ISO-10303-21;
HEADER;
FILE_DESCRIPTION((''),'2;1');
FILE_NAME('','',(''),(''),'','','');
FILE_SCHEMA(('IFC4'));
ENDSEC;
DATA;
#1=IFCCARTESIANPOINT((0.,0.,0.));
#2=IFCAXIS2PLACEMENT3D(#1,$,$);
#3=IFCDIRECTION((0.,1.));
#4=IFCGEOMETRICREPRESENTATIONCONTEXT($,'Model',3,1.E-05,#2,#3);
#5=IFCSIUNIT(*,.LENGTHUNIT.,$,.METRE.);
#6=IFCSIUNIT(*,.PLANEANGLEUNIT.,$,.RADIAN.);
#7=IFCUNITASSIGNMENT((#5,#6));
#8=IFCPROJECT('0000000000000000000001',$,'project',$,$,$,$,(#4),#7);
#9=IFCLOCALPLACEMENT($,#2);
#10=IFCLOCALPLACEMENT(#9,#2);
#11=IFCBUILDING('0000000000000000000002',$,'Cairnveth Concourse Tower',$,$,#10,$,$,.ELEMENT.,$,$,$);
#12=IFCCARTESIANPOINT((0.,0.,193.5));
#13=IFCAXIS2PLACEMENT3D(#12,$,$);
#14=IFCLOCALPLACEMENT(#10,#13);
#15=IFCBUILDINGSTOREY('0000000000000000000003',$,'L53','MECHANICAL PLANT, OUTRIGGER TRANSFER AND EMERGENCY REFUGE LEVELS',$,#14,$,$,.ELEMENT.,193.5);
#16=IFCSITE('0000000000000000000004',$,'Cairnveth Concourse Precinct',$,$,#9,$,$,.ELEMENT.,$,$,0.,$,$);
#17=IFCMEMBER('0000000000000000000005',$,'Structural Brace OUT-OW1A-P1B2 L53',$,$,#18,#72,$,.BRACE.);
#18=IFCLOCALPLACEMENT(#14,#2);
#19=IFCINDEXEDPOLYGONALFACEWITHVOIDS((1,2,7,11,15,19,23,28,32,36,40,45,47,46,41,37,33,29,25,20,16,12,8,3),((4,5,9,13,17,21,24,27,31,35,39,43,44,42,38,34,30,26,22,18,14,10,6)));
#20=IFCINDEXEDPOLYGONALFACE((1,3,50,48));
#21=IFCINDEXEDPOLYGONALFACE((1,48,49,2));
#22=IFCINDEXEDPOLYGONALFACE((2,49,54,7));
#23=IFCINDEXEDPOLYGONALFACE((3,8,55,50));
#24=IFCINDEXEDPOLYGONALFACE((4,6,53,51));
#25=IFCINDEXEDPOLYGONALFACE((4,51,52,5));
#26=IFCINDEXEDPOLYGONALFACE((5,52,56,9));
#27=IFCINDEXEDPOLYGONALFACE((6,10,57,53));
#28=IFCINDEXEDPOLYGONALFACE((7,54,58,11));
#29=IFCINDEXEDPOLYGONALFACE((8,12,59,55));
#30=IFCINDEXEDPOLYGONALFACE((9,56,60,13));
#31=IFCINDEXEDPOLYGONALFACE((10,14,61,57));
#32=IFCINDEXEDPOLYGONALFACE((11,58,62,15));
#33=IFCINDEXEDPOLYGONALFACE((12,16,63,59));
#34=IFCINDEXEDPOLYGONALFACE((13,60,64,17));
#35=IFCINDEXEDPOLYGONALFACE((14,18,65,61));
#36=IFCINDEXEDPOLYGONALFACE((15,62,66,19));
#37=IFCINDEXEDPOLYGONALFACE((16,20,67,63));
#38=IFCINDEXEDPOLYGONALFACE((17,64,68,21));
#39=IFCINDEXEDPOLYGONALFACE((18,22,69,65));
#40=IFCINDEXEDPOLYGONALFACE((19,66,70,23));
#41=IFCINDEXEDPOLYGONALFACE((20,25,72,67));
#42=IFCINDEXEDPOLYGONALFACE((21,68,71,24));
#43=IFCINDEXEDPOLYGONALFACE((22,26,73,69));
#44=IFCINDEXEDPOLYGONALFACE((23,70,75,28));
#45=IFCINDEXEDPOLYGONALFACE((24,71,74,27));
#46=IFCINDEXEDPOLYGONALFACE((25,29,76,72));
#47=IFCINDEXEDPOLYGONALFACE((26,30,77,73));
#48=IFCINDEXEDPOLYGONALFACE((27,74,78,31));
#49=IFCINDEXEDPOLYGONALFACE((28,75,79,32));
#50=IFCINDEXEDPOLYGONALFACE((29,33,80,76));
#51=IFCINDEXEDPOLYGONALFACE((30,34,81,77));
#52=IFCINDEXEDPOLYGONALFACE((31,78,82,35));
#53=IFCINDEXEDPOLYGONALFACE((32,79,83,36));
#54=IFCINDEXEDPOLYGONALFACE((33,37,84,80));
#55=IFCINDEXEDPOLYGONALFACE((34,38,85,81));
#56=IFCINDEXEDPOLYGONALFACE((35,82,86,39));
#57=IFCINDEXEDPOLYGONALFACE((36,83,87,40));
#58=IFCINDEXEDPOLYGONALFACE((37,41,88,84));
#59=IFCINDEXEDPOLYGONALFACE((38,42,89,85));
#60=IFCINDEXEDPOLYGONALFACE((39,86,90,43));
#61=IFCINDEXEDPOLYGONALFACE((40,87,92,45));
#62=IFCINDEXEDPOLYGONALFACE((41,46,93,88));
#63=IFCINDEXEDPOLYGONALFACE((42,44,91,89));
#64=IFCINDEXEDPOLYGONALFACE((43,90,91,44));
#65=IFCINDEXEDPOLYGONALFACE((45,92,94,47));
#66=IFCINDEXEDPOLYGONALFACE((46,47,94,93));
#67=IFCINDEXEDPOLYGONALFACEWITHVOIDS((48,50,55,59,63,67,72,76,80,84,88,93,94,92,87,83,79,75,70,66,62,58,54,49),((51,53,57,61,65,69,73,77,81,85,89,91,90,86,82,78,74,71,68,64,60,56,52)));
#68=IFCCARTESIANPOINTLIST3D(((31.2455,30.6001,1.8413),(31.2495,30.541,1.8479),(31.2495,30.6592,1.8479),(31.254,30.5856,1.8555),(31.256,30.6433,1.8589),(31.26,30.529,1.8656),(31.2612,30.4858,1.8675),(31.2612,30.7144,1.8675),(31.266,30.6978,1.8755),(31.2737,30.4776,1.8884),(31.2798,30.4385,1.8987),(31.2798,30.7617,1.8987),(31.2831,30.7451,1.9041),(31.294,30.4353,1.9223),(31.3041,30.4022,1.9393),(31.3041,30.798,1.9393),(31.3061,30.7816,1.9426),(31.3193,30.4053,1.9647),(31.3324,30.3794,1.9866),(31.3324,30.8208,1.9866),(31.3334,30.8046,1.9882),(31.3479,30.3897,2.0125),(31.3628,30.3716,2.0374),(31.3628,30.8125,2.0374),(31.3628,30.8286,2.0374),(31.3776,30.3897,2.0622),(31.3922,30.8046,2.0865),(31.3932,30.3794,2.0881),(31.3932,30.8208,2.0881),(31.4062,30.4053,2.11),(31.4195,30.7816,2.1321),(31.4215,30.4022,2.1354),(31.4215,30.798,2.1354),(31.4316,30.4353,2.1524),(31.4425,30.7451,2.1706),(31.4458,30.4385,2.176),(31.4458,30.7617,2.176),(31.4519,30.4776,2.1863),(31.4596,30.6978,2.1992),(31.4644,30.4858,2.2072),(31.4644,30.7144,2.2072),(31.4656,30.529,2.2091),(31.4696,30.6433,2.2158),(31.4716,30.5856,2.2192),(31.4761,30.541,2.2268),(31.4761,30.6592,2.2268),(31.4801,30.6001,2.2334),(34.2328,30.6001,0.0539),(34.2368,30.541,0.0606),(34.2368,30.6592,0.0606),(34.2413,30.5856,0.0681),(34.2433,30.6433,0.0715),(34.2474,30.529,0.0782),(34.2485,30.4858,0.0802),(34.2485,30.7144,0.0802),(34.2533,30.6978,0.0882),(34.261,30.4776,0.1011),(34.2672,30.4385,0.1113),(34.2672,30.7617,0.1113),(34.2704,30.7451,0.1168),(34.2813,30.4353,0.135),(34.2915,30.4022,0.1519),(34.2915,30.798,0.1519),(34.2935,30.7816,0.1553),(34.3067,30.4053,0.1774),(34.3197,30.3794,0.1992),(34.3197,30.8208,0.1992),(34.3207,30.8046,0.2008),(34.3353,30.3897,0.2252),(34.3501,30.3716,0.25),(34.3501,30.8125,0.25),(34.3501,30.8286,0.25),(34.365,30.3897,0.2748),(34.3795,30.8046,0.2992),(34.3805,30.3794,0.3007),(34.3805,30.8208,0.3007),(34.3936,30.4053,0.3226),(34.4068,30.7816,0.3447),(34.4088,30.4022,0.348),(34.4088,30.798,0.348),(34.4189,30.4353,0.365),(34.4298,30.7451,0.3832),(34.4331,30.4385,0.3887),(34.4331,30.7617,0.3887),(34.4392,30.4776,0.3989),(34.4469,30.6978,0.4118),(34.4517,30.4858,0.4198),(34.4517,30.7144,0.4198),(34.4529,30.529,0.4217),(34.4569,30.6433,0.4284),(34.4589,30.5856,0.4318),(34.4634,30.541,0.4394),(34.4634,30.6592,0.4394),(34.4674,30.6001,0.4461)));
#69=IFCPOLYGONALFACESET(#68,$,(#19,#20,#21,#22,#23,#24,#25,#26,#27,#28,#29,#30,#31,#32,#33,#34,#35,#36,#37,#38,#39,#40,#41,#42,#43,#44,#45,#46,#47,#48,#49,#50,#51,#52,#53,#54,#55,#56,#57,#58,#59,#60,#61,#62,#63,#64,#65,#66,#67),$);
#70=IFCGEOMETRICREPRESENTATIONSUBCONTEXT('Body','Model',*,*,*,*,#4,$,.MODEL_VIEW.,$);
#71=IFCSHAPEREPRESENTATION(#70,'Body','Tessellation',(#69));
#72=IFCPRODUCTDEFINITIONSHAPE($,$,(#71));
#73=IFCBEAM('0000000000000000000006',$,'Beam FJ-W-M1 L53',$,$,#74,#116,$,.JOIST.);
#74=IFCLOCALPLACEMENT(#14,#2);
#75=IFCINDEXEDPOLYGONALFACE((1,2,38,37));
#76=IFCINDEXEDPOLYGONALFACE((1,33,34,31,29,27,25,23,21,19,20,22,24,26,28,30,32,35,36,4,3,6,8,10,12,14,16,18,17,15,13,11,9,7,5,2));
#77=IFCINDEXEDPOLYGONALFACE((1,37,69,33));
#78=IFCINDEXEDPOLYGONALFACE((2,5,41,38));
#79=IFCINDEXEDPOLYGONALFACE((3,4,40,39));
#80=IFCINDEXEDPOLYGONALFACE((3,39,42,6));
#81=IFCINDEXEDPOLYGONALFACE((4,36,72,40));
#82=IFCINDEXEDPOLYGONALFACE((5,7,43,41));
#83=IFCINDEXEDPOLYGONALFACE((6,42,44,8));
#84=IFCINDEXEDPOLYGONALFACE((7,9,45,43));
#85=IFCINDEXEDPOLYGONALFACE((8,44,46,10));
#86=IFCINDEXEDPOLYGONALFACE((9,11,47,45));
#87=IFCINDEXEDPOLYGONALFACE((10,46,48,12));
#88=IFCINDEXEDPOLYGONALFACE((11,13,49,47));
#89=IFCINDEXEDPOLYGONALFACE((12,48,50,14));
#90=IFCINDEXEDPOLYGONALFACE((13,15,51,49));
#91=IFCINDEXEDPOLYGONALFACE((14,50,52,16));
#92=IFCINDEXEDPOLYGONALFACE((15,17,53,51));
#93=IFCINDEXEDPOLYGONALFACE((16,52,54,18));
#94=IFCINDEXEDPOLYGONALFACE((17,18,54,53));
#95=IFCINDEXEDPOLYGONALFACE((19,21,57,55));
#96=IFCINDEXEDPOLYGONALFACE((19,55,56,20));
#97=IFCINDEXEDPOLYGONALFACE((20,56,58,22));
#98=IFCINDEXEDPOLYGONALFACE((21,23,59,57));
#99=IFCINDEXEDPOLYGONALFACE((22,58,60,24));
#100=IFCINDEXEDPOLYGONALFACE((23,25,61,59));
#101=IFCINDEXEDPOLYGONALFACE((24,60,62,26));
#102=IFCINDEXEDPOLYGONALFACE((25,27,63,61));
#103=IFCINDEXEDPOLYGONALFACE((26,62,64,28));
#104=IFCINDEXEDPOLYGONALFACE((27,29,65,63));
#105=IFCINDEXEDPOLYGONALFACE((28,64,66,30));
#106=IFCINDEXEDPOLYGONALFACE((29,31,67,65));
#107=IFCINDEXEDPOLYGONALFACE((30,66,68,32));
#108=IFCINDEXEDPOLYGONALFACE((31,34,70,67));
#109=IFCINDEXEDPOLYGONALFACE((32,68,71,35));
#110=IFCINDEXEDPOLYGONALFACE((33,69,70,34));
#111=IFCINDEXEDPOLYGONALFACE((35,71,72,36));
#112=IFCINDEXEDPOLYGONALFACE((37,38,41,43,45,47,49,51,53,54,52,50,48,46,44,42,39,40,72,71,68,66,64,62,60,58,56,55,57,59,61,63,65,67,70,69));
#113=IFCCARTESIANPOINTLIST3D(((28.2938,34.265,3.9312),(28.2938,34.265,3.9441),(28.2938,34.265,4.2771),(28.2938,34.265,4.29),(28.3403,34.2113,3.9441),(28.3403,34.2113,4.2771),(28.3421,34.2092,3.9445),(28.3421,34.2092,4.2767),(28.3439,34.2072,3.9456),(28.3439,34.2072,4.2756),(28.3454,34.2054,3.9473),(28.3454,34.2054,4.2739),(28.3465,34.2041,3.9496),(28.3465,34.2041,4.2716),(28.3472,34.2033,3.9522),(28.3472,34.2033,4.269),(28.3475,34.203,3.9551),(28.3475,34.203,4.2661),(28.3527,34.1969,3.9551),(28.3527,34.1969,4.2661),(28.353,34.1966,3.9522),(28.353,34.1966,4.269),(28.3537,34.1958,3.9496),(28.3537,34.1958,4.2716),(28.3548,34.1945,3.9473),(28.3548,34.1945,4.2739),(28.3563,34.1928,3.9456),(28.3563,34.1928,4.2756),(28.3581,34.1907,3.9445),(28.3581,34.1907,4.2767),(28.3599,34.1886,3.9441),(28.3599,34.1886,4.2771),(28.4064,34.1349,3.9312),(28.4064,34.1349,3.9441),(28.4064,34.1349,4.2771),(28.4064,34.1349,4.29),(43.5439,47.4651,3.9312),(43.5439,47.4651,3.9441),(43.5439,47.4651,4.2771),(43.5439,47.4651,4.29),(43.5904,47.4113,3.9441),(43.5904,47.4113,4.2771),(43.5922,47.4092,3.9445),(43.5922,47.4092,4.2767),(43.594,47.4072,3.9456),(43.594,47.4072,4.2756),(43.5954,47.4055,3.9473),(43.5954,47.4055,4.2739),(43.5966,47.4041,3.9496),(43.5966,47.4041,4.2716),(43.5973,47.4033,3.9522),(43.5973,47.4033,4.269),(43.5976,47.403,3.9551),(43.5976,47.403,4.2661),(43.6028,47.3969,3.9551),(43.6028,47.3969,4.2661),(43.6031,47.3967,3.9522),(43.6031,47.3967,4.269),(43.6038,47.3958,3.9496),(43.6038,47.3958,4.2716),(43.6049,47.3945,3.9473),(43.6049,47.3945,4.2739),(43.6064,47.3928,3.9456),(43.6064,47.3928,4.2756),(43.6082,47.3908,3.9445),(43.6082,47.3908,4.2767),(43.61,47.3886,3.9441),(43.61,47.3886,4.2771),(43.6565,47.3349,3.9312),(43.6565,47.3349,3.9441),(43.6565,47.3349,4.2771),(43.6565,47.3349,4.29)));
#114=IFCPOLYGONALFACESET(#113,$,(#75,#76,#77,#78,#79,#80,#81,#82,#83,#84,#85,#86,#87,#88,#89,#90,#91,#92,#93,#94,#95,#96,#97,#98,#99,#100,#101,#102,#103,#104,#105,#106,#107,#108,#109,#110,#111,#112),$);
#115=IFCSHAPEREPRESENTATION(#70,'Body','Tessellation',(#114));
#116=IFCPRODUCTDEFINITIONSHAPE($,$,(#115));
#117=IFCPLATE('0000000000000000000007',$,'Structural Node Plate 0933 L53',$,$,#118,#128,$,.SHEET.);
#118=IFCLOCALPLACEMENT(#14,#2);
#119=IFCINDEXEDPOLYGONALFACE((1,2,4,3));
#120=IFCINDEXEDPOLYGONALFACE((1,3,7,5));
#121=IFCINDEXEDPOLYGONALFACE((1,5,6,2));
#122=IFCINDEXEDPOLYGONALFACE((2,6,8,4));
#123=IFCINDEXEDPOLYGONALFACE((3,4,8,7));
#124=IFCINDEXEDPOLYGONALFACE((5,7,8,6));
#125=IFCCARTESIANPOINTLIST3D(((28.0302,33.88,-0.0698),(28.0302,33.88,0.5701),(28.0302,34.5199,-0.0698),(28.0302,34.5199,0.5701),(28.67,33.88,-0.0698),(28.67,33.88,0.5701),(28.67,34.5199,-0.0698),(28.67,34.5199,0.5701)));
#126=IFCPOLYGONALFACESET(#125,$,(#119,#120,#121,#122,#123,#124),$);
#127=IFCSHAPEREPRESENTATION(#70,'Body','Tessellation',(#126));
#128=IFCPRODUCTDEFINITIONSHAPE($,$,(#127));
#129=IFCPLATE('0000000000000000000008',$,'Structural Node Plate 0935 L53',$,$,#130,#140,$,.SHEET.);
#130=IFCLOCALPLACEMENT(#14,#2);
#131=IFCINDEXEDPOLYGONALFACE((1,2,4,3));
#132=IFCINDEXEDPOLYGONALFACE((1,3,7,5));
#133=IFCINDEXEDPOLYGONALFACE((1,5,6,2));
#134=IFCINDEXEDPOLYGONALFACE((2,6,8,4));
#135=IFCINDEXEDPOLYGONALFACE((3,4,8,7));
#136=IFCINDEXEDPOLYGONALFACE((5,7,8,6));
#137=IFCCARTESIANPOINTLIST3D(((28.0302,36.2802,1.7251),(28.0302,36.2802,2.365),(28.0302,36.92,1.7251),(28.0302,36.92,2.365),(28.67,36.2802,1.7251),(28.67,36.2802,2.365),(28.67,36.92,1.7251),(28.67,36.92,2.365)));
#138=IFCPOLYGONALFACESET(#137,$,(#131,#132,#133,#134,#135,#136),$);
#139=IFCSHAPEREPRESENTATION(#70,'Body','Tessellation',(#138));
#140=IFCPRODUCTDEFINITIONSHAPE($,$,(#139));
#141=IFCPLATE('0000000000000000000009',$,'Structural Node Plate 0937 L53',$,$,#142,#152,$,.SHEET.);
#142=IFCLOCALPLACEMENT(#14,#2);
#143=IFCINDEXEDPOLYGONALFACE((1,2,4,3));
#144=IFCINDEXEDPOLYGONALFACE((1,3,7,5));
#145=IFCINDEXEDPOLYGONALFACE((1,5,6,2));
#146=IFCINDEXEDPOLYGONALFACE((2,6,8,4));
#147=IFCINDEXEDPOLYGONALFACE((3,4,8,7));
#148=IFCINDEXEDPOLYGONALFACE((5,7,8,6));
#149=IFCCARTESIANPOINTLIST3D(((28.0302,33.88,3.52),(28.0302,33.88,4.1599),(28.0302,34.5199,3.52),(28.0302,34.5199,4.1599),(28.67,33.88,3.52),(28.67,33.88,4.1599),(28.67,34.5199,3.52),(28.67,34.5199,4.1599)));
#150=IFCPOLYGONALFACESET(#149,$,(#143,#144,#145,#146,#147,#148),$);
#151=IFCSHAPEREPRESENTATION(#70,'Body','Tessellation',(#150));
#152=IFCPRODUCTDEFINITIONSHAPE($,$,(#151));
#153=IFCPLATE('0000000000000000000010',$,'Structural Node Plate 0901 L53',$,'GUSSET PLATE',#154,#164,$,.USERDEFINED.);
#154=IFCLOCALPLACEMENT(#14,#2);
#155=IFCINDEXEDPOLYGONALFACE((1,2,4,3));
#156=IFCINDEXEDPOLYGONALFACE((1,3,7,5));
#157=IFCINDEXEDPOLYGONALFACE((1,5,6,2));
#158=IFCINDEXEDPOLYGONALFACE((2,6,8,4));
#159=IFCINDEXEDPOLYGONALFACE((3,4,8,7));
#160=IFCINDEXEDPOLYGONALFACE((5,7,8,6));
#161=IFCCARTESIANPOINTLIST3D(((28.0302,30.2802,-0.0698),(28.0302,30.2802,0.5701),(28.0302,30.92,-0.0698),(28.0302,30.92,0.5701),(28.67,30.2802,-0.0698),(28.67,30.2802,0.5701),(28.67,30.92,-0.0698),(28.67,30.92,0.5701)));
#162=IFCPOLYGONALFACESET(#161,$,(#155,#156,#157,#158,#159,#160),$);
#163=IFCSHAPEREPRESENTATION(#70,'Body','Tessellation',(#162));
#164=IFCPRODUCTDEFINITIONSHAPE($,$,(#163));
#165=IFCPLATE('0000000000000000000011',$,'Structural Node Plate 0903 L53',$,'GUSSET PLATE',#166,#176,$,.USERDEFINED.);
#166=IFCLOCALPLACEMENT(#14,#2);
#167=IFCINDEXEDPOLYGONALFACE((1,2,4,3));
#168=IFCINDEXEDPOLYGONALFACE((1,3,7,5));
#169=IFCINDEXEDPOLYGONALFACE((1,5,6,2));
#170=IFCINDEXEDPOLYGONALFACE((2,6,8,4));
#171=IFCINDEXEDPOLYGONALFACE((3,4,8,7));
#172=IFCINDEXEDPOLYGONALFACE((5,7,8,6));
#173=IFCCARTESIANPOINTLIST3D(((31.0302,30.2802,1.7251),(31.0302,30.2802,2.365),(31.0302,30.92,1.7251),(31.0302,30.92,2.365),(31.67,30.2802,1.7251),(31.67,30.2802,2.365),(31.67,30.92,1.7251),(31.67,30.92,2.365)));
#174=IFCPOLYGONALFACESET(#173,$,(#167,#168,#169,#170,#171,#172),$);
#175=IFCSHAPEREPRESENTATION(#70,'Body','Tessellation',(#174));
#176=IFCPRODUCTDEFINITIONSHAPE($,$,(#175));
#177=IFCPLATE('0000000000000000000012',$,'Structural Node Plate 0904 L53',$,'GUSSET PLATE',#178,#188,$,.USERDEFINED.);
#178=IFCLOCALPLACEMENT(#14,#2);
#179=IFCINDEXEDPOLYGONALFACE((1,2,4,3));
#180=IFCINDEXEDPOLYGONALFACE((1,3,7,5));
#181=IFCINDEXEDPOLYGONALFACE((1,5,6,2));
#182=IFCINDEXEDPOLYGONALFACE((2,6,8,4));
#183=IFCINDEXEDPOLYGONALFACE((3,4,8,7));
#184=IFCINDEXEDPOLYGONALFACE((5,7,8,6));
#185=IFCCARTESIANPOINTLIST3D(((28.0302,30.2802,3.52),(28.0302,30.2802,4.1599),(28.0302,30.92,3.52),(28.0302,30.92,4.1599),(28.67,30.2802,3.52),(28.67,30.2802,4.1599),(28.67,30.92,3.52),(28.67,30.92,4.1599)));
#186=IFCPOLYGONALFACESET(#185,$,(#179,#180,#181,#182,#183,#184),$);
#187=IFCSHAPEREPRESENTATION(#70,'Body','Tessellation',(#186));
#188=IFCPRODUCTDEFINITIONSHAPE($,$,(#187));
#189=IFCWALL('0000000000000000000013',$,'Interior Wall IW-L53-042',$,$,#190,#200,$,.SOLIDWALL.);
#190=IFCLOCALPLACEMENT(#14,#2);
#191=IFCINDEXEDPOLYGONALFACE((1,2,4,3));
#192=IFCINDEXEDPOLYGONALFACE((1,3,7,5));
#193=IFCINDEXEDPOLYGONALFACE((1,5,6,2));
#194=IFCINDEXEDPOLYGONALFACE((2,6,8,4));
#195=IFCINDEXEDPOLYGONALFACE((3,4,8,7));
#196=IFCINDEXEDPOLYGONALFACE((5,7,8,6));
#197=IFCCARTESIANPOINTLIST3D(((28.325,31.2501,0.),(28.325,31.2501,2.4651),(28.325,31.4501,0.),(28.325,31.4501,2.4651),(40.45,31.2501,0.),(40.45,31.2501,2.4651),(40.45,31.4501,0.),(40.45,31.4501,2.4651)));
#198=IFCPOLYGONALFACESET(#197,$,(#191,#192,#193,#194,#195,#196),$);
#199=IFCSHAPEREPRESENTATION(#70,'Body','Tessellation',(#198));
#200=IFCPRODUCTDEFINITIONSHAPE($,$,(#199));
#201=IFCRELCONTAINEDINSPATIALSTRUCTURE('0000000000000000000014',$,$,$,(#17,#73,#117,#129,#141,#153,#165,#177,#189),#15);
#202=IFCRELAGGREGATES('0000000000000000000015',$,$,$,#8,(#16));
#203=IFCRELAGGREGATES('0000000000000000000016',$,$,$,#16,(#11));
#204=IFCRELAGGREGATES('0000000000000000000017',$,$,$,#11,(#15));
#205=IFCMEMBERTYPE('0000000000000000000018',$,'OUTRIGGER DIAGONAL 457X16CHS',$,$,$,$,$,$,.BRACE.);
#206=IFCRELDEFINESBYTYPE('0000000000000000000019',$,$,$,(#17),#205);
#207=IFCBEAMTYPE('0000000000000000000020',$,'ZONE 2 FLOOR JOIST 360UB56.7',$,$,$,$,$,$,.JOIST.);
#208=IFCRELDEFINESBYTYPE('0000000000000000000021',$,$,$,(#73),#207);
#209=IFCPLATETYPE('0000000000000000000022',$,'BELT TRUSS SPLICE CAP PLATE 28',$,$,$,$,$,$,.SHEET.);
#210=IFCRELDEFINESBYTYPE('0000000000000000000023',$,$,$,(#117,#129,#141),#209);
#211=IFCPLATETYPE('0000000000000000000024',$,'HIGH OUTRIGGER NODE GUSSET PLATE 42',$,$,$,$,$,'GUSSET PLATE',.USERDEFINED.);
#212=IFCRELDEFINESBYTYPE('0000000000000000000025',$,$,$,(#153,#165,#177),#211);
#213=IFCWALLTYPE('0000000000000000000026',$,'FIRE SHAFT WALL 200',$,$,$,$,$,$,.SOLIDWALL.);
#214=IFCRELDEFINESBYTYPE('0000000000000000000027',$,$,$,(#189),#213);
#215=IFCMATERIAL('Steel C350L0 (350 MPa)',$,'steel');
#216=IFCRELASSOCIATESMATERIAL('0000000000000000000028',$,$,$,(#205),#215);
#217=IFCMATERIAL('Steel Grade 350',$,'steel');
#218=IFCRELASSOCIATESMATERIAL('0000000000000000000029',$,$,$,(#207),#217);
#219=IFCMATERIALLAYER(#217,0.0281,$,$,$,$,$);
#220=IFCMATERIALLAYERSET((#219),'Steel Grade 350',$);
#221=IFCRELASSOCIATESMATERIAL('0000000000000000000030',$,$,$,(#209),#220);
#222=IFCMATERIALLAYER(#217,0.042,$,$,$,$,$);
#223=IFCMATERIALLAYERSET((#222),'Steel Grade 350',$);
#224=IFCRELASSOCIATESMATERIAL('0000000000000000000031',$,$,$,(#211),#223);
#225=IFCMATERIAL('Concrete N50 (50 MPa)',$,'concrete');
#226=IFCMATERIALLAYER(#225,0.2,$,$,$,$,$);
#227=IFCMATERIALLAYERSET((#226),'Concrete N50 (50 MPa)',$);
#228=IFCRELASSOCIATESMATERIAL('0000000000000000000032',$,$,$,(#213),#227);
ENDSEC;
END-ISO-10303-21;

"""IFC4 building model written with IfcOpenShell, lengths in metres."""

from ifc_helpers import new_model, si_unit, direction, frame, frame_2d, origin, origin_2d, place, context, subcontext, project, spatial, rectangle, hollow_circle, i_section, extrude, material, layer, layer_set, material_profile, profile_set, type_object, element, save


model = new_model("IFC4")

# Units and contexts
model_context = context("Model", 3, precision=1e-05, world=origin(), true_north=direction((0.0, 1.0)))
body_context = subcontext(model_context, "Body", "Model", "MODEL_VIEW")
ifc_project = project(units=[si_unit("LENGTHUNIT", "METRE"), si_unit("PLANEANGLEUNIT", "RADIAN")], contexts=[model_context])

# Site, building, storey
site_placement = place(None, origin())
site = spatial("IfcSite", under=ifc_project, at=site_placement, Name="Cairnveth Concourse Precinct", CompositionType="ELEMENT", RefElevation=0.0)
building_placement = place(site_placement, origin())
building = spatial("IfcBuilding", under=site, at=building_placement, Name="Cairnveth Concourse Tower", CompositionType="ELEMENT")
storey_placement = place(building_placement, frame((0.0, 0.0, 193.5)))
storey = spatial("IfcBuildingStorey", under=building, at=storey_placement, Name="L53", Description="MECHANICAL PLANT, OUTRIGGER TRANSFER AND EMERGENCY REFUGE LEVELS", CompositionType="ELEMENT", Elevation=193.5)

# Shared definitions
ifc_material_1 = material(Name="Steel C350L0 (350 MPa)", Category="steel")

# Member
ifc_material_profile_1 = material_profile(ifc_material_1, hollow_circle(Radius=0.2285, WallThickness=0.0161, at=origin_2d()), Name="457.0x16.0CHS")
ifc_profile_set_1 = profile_set([ifc_material_profile_1], Name="Steel C350L0 (350 MPa)")
member_type_1 = type_object("IfcMemberType", Name="OUTRIGGER DIAGONAL 457X16CHS", PredefinedType="BRACE", material=ifc_profile_set_1)
member_1_placement = place(storey_placement, frame((31.3628, 30.6001, 2.0374), z_axis=(0.85813, 0.0, -0.513433), x_axis=(0.0, 1.0, 0.0)))
element("IfcMember", 1, at=member_1_placement, inside=storey, type_object=member_type_1, Name="Structural Brace OUT-OW1A-P1B2 L53", PredefinedType="BRACE", context=body_context, shape_type="SweptSolid", body=[
    extrude(hollow_circle(Radius=0.2285, WallThickness=0.0161, at=origin_2d()), origin(), (0.0, 0.0, 1.0), 3.4812),
])

# Beam
ifc_material_2 = material(Name="Steel Grade 350", Category="steel")
ifc_material_profile_2 = material_profile(ifc_material_2, i_section(OverallWidth=0.1721, OverallDepth=0.3589, WebThickness=0.0081, FlangeThickness=0.0129, FilletRadius=0.011, at=origin_2d()), Name="360UB56.7")
ifc_profile_set_2 = profile_set([ifc_material_profile_2], Name="Steel Grade 350")
beam_type_1 = type_object("IfcBeamType", Name="ZONE 2 FLOOR JOIST 360UB56.7", PredefinedType="JOIST", material=ifc_profile_set_2)
beam_1_placement = place(storey_placement, frame((28.3501, 34.2, 4.1106), z_axis=(0.756099, 0.654457, 0.0), x_axis=(-0.654457, 0.756099, 0.0)))
element("IfcBeam", 2, at=beam_1_placement, inside=storey, type_object=beam_type_1, Name="Beam FJ-W-M1 L53", PredefinedType="JOIST", context=body_context, shape_type="SweptSolid", body=[
    extrude(i_section(OverallWidth=0.1721, OverallDepth=0.3589, WebThickness=0.0081, FlangeThickness=0.0129, FilletRadius=0.011, at=origin_2d()), origin(), (0.0, 0.0, 1.0), 20.1694),
])

# Plates
ifc_layer_1 = layer(ifc_material_2, 0.0281)
ifc_layer_set_1 = layer_set([ifc_layer_1], Name="Steel Grade 350")
plate_type_1 = type_object("IfcPlateType", Name="BELT TRUSS SPLICE CAP PLATE 28", PredefinedType="SHEET", material=ifc_layer_set_1)
for number, where, z_axis, x_axis, name in (
    (3, (28.3501, 34.2, -0.0698), (0.0, 0.0, 1.0), (1.0, 0.0, 0.0), "Structural Node Plate 0933 L53"),
    (4, (28.3501, 36.6001, 1.7251), (0.0, 0.0, 1.0), (1.0, 0.0, 0.0), "Structural Node Plate 0935 L53"),
    (5, (28.3501, 34.2, 3.52), (0.0, 0.0, 1.0), (1.0, 0.0, 0.0), "Structural Node Plate 0937 L53"),
):
    element("IfcPlate", number, at=place(storey_placement, frame(where, z_axis=z_axis, x_axis=x_axis)), inside=storey, type_object=plate_type_1, Name=name, PredefinedType="SHEET", context=body_context, shape_type="SweptSolid", body=[
        extrude(rectangle(XDim=0.6399, YDim=0.6399, at=origin_2d()), origin(), (0.0, 0.0, 1.0), 0.6399),
    ])
ifc_layer_2 = layer(ifc_material_2, 0.042)
ifc_layer_set_2 = layer_set([ifc_layer_2], Name="Steel Grade 350")
plate_type_2 = type_object("IfcPlateType", Name="HIGH OUTRIGGER NODE GUSSET PLATE 42", ElementType="GUSSET PLATE", PredefinedType="USERDEFINED", material=ifc_layer_set_2)
for number, where, z_axis, x_axis, name in (
    (6, (28.3501, 30.6001, -0.0698), (0.0, 0.0, 1.0), (1.0, 0.0, 0.0), "Structural Node Plate 0901 L53"),
    (7, (31.3501, 30.6001, 1.7251), (0.0, 0.0, 1.0), (1.0, 0.0, 0.0), "Structural Node Plate 0903 L53"),
    (8, (28.3501, 30.6001, 3.52), (0.0, 0.0, 1.0), (1.0, 0.0, 0.0), "Structural Node Plate 0904 L53"),
):
    element("IfcPlate", number, at=place(storey_placement, frame(where, z_axis=z_axis, x_axis=x_axis)), inside=storey, type_object=plate_type_2, Name=name, ObjectType="GUSSET PLATE", PredefinedType="USERDEFINED", context=body_context, shape_type="SweptSolid", body=[
        extrude(rectangle(XDim=0.6399, YDim=0.6399, at=origin_2d()), origin(), (0.0, 0.0, 1.0), 0.6399),
    ])

# Wall
ifc_material_3 = material(Name="Concrete N50 (50 MPa)", Category="concrete")
ifc_layer_3 = layer(ifc_material_3, 0.2)
ifc_layer_set_3 = layer_set([ifc_layer_3], Name="Concrete N50 (50 MPa)")
wall_type = type_object("IfcWallType", Name="FIRE SHAFT WALL 200", PredefinedType="SOLIDWALL", material=ifc_layer_set_3)
wall_1_placement = place(storey_placement, frame((28.325, 31.3501, 0.0), z_axis=(0.0, 0.0, 1.0), x_axis=(1.0, 0.0, 0.0)))
element("IfcWall", 9, at=wall_1_placement, inside=storey, type_object=wall_type, Name="Interior Wall IW-L53-042", PredefinedType="SOLIDWALL", context=body_context, shape_type="SweptSolid", body=[
    extrude(rectangle(XDim=12.125, YDim=0.2, at=frame_2d((6.0625, 0.0))), origin(), (0.0, 0.0, 1.0), 2.4651),
])

save(model, "model.ifc")
